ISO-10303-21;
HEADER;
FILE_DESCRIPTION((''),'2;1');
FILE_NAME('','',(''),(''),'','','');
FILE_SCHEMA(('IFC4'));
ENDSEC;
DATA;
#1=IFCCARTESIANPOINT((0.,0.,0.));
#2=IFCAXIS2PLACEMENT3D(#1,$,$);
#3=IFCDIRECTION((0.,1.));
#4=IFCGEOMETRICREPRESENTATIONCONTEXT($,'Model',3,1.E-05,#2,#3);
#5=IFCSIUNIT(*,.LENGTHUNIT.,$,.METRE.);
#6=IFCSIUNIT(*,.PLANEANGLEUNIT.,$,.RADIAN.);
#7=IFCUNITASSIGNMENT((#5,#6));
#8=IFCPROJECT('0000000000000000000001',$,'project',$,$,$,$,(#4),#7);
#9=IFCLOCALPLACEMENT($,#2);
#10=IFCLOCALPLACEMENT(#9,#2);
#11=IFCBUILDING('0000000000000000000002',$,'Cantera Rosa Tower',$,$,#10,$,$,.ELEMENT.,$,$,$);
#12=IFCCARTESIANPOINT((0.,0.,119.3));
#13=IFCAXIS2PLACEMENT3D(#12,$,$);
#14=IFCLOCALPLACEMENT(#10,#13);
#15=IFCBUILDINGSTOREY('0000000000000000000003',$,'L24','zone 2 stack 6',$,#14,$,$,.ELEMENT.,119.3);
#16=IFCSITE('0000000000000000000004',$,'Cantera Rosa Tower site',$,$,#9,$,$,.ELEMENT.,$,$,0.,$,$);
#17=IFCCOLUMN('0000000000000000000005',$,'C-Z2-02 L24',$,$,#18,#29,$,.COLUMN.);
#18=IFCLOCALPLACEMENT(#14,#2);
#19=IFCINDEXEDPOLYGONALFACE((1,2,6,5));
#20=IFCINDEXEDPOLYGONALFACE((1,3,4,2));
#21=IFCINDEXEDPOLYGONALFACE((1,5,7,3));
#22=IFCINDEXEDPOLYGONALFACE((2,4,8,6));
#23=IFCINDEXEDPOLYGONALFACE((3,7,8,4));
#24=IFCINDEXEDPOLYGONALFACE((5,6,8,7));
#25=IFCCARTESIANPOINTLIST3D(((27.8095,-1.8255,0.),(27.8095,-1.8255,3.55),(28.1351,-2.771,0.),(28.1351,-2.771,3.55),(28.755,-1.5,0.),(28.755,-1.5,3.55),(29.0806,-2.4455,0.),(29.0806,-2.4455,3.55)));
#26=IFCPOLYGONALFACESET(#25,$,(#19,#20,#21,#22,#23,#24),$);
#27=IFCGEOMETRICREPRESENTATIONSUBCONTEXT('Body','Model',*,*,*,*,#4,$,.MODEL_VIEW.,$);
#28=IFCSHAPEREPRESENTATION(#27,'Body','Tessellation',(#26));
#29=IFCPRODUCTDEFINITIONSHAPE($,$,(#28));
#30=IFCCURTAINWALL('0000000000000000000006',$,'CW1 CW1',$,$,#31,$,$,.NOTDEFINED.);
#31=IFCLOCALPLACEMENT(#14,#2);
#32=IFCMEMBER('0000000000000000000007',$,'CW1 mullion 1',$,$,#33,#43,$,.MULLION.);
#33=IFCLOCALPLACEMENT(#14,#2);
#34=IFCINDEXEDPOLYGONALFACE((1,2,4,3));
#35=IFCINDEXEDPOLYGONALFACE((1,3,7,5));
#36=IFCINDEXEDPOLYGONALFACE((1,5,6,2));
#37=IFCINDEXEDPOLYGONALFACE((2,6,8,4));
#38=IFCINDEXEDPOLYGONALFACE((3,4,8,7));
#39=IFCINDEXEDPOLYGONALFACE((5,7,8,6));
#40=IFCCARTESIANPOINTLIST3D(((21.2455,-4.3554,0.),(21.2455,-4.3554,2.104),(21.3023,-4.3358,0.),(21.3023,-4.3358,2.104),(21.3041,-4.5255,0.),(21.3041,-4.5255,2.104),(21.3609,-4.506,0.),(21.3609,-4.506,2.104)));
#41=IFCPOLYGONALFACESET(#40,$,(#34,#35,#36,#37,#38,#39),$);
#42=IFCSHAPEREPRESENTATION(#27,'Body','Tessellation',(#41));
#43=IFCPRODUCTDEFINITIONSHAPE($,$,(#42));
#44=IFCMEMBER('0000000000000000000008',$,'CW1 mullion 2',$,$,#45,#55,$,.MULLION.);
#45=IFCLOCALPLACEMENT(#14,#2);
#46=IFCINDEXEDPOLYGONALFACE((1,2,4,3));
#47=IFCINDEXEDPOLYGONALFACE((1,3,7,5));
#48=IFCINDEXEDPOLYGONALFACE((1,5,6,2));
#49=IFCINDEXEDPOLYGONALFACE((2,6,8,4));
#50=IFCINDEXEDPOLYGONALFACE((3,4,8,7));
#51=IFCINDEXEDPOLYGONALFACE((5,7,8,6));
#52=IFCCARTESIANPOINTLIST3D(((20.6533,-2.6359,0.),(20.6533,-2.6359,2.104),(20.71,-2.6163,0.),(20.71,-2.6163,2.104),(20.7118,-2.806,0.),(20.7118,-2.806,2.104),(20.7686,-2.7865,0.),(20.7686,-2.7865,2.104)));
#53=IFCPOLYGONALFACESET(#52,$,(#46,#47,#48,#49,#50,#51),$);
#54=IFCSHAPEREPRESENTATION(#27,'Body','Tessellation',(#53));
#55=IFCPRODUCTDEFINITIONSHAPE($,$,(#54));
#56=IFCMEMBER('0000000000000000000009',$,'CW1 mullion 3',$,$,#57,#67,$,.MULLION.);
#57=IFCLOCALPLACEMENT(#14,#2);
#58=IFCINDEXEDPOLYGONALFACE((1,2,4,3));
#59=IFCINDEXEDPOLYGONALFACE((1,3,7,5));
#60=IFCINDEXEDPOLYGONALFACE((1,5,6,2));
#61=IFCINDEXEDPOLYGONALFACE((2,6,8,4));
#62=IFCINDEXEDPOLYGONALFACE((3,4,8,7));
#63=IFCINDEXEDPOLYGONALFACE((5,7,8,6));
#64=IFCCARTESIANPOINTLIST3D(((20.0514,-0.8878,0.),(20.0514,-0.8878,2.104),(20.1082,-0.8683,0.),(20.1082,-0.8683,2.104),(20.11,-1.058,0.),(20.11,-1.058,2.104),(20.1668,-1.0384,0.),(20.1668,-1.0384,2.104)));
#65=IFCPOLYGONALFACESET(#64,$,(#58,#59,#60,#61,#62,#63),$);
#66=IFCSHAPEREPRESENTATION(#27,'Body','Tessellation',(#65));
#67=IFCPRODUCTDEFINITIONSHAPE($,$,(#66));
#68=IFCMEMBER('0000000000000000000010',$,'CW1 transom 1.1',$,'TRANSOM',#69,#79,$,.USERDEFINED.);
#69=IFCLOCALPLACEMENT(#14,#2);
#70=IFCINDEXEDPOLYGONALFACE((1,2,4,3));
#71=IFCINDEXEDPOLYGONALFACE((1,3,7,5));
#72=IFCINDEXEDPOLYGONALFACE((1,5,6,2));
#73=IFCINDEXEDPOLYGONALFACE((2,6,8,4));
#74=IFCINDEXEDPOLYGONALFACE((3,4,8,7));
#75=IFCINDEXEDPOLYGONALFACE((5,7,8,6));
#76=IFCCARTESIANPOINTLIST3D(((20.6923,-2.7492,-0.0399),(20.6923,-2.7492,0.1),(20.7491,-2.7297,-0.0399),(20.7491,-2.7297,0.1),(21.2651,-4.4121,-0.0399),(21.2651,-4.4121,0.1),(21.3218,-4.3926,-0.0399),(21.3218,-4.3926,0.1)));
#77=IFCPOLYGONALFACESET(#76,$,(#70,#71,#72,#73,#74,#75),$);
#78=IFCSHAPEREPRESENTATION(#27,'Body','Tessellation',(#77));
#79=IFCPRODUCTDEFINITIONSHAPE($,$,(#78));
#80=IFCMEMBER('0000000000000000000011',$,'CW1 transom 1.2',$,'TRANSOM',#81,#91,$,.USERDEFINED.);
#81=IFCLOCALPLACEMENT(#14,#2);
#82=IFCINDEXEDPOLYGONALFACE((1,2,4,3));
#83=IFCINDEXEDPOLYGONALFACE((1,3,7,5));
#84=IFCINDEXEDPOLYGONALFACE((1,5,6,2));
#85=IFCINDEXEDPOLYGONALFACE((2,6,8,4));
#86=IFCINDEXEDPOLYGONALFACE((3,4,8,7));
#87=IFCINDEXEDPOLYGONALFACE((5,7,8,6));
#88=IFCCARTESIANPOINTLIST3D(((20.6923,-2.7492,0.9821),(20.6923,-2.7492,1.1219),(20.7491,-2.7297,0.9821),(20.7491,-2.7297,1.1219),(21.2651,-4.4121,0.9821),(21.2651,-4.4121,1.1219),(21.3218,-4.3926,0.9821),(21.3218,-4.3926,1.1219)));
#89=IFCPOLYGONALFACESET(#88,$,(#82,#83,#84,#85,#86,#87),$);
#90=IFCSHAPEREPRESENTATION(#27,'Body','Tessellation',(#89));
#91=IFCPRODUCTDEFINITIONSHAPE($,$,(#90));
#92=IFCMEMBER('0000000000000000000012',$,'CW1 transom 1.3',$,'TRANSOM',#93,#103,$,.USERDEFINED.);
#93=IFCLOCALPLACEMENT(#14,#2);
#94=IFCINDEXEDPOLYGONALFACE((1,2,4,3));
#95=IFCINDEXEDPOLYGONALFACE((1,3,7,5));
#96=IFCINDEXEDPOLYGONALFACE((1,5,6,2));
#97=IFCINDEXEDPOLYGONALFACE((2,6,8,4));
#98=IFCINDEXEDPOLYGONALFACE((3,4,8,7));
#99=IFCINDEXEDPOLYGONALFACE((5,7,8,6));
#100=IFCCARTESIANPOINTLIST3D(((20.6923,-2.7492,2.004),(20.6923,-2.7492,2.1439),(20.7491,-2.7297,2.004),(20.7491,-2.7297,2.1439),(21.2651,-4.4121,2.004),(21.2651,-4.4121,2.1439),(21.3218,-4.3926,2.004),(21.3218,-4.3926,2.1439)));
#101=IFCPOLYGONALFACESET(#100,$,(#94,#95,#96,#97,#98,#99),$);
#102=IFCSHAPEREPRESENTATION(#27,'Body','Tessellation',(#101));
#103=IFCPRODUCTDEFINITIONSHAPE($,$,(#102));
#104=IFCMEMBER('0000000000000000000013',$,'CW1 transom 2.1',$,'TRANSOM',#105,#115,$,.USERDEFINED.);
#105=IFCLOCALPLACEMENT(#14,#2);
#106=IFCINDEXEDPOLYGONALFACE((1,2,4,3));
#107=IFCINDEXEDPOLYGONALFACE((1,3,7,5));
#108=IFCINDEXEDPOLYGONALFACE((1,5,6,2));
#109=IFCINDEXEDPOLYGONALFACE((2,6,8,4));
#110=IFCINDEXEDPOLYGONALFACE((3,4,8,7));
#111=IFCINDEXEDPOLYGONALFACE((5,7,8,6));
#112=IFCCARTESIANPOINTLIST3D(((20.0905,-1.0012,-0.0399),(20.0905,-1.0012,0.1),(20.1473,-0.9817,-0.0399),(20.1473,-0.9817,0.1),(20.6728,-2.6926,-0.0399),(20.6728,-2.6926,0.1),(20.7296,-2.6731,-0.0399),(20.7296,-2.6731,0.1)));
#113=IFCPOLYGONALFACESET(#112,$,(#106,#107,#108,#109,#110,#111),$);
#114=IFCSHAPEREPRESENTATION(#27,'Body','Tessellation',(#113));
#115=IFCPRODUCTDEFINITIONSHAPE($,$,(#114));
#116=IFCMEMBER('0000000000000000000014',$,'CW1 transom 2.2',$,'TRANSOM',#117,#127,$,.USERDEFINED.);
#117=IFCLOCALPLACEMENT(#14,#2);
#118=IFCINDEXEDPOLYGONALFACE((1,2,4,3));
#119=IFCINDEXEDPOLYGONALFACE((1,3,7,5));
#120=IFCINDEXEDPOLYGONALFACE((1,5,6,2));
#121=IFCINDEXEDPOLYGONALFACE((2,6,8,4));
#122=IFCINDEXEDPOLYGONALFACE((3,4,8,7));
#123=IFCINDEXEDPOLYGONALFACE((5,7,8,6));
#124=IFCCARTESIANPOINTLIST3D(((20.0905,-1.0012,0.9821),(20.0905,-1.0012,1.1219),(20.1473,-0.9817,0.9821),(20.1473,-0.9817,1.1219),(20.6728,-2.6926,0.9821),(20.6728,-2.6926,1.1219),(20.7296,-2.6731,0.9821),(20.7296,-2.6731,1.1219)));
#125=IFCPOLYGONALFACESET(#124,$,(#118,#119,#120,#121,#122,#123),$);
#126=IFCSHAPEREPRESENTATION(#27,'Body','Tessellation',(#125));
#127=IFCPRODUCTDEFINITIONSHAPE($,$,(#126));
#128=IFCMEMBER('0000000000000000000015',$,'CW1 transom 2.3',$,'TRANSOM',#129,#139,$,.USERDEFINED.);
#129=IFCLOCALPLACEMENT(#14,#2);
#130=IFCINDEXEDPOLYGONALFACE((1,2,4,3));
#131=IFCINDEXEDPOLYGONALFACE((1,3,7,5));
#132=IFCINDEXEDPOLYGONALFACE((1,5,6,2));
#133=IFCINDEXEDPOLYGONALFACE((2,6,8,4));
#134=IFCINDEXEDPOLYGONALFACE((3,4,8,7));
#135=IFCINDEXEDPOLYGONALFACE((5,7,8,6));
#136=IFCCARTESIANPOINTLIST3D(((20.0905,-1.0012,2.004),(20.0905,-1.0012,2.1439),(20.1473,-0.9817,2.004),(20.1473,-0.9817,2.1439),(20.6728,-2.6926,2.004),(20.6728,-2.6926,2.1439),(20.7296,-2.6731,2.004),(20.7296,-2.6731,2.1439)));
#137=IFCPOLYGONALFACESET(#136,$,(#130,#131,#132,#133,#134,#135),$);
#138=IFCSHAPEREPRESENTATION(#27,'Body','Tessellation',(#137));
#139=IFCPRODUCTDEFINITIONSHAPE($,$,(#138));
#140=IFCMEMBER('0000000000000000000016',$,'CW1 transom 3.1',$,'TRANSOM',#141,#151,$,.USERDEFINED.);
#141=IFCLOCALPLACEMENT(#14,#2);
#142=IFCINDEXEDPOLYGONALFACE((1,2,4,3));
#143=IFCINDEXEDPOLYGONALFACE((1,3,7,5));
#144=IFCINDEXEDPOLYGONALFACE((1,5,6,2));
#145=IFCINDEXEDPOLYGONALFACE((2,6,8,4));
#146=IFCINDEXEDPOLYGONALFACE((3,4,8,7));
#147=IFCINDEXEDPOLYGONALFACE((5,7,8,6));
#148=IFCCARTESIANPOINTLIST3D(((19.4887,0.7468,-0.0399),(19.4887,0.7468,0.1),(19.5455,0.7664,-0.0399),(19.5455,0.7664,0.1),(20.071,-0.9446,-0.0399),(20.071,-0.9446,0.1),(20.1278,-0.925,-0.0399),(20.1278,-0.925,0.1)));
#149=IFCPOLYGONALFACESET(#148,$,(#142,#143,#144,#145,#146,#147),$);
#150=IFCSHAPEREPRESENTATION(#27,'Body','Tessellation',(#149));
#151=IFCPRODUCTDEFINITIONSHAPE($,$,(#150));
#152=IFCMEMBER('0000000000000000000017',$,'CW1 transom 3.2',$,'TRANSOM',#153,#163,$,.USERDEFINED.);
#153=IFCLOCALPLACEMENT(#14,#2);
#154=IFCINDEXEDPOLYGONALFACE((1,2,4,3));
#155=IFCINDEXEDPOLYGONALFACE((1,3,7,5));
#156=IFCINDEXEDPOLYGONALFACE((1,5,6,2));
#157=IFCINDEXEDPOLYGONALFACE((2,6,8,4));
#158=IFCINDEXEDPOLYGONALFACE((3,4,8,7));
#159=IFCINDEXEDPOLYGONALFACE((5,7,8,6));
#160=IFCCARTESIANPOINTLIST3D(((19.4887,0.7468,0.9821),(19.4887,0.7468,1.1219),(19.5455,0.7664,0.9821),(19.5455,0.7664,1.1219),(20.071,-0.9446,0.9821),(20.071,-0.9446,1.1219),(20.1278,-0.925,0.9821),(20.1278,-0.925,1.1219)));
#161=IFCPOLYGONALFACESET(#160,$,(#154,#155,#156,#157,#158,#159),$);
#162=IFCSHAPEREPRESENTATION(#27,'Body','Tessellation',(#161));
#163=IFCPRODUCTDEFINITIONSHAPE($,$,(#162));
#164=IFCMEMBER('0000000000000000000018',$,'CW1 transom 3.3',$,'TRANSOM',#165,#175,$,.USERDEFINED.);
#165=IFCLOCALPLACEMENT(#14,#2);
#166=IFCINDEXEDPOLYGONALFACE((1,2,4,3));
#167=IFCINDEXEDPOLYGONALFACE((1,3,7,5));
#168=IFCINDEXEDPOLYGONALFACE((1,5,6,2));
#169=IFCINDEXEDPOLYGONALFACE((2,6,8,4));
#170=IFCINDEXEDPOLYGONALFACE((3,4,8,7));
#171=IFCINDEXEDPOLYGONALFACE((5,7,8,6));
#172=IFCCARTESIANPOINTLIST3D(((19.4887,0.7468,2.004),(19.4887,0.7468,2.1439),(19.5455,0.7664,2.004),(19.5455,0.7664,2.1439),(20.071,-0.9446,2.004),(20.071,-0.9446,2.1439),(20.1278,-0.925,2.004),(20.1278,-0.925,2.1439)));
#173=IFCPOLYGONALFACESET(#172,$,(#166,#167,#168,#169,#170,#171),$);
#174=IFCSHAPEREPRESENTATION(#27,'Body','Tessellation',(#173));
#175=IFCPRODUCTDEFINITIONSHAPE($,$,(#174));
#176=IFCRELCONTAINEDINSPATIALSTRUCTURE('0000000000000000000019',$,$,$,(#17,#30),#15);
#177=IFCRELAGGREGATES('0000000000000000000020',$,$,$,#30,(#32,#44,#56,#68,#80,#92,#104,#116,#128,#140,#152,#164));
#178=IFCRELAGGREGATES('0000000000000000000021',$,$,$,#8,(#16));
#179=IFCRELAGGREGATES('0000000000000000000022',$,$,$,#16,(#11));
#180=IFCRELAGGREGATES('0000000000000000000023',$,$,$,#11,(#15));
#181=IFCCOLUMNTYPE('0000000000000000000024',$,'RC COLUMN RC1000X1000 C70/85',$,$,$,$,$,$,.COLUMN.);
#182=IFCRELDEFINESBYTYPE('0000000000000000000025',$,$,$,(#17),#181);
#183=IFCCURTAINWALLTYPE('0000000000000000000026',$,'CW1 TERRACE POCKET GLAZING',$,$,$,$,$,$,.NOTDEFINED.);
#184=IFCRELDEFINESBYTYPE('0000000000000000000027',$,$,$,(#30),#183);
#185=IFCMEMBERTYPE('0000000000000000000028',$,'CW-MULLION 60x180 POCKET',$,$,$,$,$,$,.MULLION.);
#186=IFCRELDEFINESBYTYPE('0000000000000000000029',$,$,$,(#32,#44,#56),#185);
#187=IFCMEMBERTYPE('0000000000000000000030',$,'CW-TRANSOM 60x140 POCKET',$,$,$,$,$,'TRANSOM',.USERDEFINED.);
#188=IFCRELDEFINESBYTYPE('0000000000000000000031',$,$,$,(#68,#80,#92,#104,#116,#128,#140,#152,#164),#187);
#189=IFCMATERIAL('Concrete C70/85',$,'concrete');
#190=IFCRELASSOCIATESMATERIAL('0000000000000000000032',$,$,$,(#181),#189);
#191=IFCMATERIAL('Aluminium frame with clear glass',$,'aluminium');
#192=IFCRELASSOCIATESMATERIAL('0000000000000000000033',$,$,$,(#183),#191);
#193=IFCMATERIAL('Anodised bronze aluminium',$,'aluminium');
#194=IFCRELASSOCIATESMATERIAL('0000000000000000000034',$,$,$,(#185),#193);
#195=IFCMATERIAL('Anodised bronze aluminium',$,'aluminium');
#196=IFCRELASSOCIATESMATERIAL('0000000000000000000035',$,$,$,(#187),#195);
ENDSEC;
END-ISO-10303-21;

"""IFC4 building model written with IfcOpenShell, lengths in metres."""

from ifc_helpers import new_model, si_unit, direction, frame, origin, origin_2d, place, context, subcontext, project, spatial, rectangle, extrude, material, material_profile, profile_set, type_object, element, aggregate, save


model = new_model("IFC4")

# Units and contexts
model_context = context("Model", 3, precision=1e-05, world=origin(), true_north=direction((0.0, 1.0)))
body_context = subcontext(model_context, "Body", "Model", "MODEL_VIEW")
ifc_project = project(units=[si_unit("LENGTHUNIT", "METRE"), si_unit("PLANEANGLEUNIT", "RADIAN")], contexts=[model_context])

# Site, building, storey
site_placement = place(None, origin())
site = spatial("IfcSite", under=ifc_project, at=site_placement, Name="Cantera Rosa Tower site", CompositionType="ELEMENT", RefElevation=0.0)
building_placement = place(site_placement, origin())
building = spatial("IfcBuilding", under=site, at=building_placement, Name="Cantera Rosa Tower", CompositionType="ELEMENT")
storey_placement = place(building_placement, frame((0.0, 0.0, 119.3)))
storey = spatial("IfcBuildingStorey", under=building, at=storey_placement, Name="L24", Description="zone 2 stack 6", CompositionType="ELEMENT", Elevation=119.3)

# Column
ifc_material_1 = material(Name="Concrete C70/85", Category="concrete")
ifc_material_profile_1 = material_profile(ifc_material_1, rectangle(XDim=1.0, YDim=1.0, at=origin_2d()), Name="RC COLUMN RC1000X1000 C70/85")
ifc_profile_set_1 = profile_set([ifc_material_profile_1], Name="Concrete C70/85")
column_type = type_object("IfcColumnType", Name="RC COLUMN RC1000X1000 C70/85", PredefinedType="COLUMN", material=ifc_profile_set_1)
column_placement = place(storey_placement, frame((28.4451, -2.1355, 0.0), z_axis=(0.0, 0.0, 1.0), x_axis=(0.945519, 0.325568, 0.0)))
element("IfcColumn", 1, at=column_placement, inside=storey, type_object=column_type, Name="C-Z2-02 L24", PredefinedType="COLUMN", context=body_context, shape_type="SweptSolid", body=[
    extrude(rectangle(XDim=1.0, YDim=1.0, at=origin_2d()), origin(), (0.0, 0.0, 1.0), 3.55),
])

# Curtain wall, members
ifc_material_2 = material(Name="Aluminium frame with clear glass", Category="aluminium")
curtain_wall_type = type_object("IfcCurtainWallType", Name="CW1 TERRACE POCKET GLAZING", PredefinedType="NOTDEFINED", material=ifc_material_2)
curtain_wall_placement = place(storey_placement, origin())
curtain_wall = element("IfcCurtainWall", 2, at=curtain_wall_placement, inside=storey, type_object=curtain_wall_type, Name="CW1 CW1", PredefinedType="NOTDEFINED")
ifc_material_3 = material(Name="Anodised bronze aluminium", Category="aluminium")
ifc_material_profile_2 = material_profile(ifc_material_3, rectangle(XDim=0.0601, YDim=0.1799, at=origin_2d()), Name="CW-MULLION 60x180 POCKET")
ifc_profile_set_2 = profile_set([ifc_material_profile_2], Name="Anodised bronze aluminium")
member_type_1 = type_object("IfcMemberType", Name="CW-MULLION 60x180 POCKET", PredefinedType="MULLION", material=ifc_profile_set_2)
member_1_placement = place(storey_placement, frame((21.3032, -4.4307, 0.0), z_axis=(0.0, 0.0, 1.0), x_axis=(-0.945519, -0.325568, 0.0)))
member_1 = element("IfcMember", 3, at=member_1_placement, type_object=member_type_1, Name="CW1 mullion 1", PredefinedType="MULLION", context=body_context, shape_type="SweptSolid", body=[
    extrude(rectangle(XDim=0.0601, YDim=0.1799, at=origin_2d()), origin(), (0.0, 0.0, 1.0), 2.104),
])
member_2_placement = place(storey_placement, frame((20.7109, -2.7112, 0.0), z_axis=(0.0, 0.0, 1.0), x_axis=(-0.945519, -0.325568, 0.0)))
member_2 = element("IfcMember", 4, at=member_2_placement, type_object=member_type_1, Name="CW1 mullion 2", PredefinedType="MULLION", context=body_context, shape_type="SweptSolid", body=[
    extrude(rectangle(XDim=0.0601, YDim=0.1799, at=origin_2d()), origin(), (0.0, 0.0, 1.0), 2.104),
])
member_3_placement = place(storey_placement, frame((20.1091, -0.9631, 0.0), z_axis=(0.0, 0.0, 1.0), x_axis=(-0.945519, -0.325568, 0.0)))
member_3 = element("IfcMember", 5, at=member_3_placement, type_object=member_type_1, Name="CW1 mullion 3", PredefinedType="MULLION", context=body_context, shape_type="SweptSolid", body=[
    extrude(rectangle(XDim=0.0601, YDim=0.1799, at=origin_2d()), origin(), (0.0, 0.0, 1.0), 2.104),
])
ifc_material_4 = material(Name="Anodised bronze aluminium", Category="aluminium")
ifc_material_profile_3 = material_profile(ifc_material_4, rectangle(XDim=0.0601, YDim=0.1399, at=origin_2d()), Name="CW-TRANSOM 60x140 POCKET")
ifc_profile_set_3 = profile_set([ifc_material_profile_3], Name="Anodised bronze aluminium")
member_type_2 = type_object("IfcMemberType", Name="CW-TRANSOM 60x140 POCKET", ElementType="TRANSOM", PredefinedType="USERDEFINED", material=ifc_profile_set_3)
member_4_placement = place(storey_placement, frame((21.2935, -4.4023, 0.03), z_axis=(-0.325666, 0.945485, 0.0), x_axis=(-0.945485, -0.325666, 0.0)))
member_4 = element("IfcMember", 6, at=member_4_placement, type_object=member_type_2, Name="CW1 transom 1.1", ObjectType="TRANSOM", PredefinedType="USERDEFINED", context=body_context, shape_type="SweptSolid", body=[
    extrude(rectangle(XDim=0.0601, YDim=0.1399, at=origin_2d()), origin(), (0.0, 0.0, 1.0), 1.7588),
])
member_5_placement = place(storey_placement, frame((21.2935, -4.4023, 1.052), z_axis=(-0.325666, 0.945485, 0.0), x_axis=(-0.945485, -0.325666, 0.0)))
member_5 = element("IfcMember", 7, at=member_5_placement, type_object=member_type_2, Name="CW1 transom 1.2", ObjectType="TRANSOM", PredefinedType="USERDEFINED", context=body_context, shape_type="SweptSolid", body=[
    extrude(rectangle(XDim=0.0601, YDim=0.1399, at=origin_2d()), origin(), (0.0, 0.0, 1.0), 1.7588),
])
member_6_placement = place(storey_placement, frame((21.2935, -4.4023, 2.074), z_axis=(-0.325666, 0.945485, 0.0), x_axis=(-0.945485, -0.325666, 0.0)))
member_6 = element("IfcMember", 8, at=member_6_placement, type_object=member_type_2, Name="CW1 transom 1.3", ObjectType="TRANSOM", PredefinedType="USERDEFINED", context=body_context, shape_type="SweptSolid", body=[
    extrude(rectangle(XDim=0.0601, YDim=0.1399, at=origin_2d()), origin(), (0.0, 0.0, 1.0), 1.7588),
])
member_7_placement = place(storey_placement, frame((20.7012, -2.6829, 0.03), z_axis=(-0.325507, 0.94554, 0.0), x_axis=(-0.94554, -0.325507, 0.0)))
member_7 = element("IfcMember", 9, at=member_7_placement, type_object=member_type_2, Name="CW1 transom 2.1", ObjectType="TRANSOM", PredefinedType="USERDEFINED", context=body_context, shape_type="SweptSolid", body=[
    extrude(rectangle(XDim=0.0601, YDim=0.1399, at=origin_2d()), origin(), (0.0, 0.0, 1.0), 1.7888),
])
member_8_placement = place(storey_placement, frame((20.7012, -2.6829, 1.052), z_axis=(-0.325507, 0.94554, 0.0), x_axis=(-0.94554, -0.325507, 0.0)))
member_8 = element("IfcMember", 10, at=member_8_placement, type_object=member_type_2, Name="CW1 transom 2.2", ObjectType="TRANSOM", PredefinedType="USERDEFINED", context=body_context, shape_type="SweptSolid", body=[
    extrude(rectangle(XDim=0.0601, YDim=0.1399, at=origin_2d()), origin(), (0.0, 0.0, 1.0), 1.7888),
])
member_9_placement = place(storey_placement, frame((20.7012, -2.6829, 2.074), z_axis=(-0.325507, 0.94554, 0.0), x_axis=(-0.94554, -0.325507, 0.0)))
member_9 = element("IfcMember", 11, at=member_9_placement, type_object=member_type_2, Name="CW1 transom 2.3", ObjectType="TRANSOM", PredefinedType="USERDEFINED", context=body_context, shape_type="SweptSolid", body=[
    extrude(rectangle(XDim=0.0601, YDim=0.1399, at=origin_2d()), origin(), (0.0, 0.0, 1.0), 1.7888),
])
member_10_placement = place(storey_placement, frame((20.0994, -0.9348, 0.03), z_axis=(-0.325507, 0.94554, 0.0), x_axis=(-0.94554, -0.325507, 0.0)))
member_10 = element("IfcMember", 12, at=member_10_placement, type_object=member_type_2, Name="CW1 transom 3.1", ObjectType="TRANSOM", PredefinedType="USERDEFINED", context=body_context, shape_type="SweptSolid", body=[
    extrude(rectangle(XDim=0.0601, YDim=0.1399, at=origin_2d()), origin(), (0.0, 0.0, 1.0), 1.7888),
])
member_11_placement = place(storey_placement, frame((20.0994, -0.9348, 1.052), z_axis=(-0.325507, 0.94554, 0.0), x_axis=(-0.94554, -0.325507, 0.0)))
member_11 = element("IfcMember", 13, at=member_11_placement, type_object=member_type_2, Name="CW1 transom 3.2", ObjectType="TRANSOM", PredefinedType="USERDEFINED", context=body_context, shape_type="SweptSolid", body=[
    extrude(rectangle(XDim=0.0601, YDim=0.1399, at=origin_2d()), origin(), (0.0, 0.0, 1.0), 1.7888),
])
member_12_placement = place(storey_placement, frame((20.0994, -0.9348, 2.074), z_axis=(-0.325507, 0.94554, 0.0), x_axis=(-0.94554, -0.325507, 0.0)))
member_12 = element("IfcMember", 14, at=member_12_placement, type_object=member_type_2, Name="CW1 transom 3.3", ObjectType="TRANSOM", PredefinedType="USERDEFINED", context=body_context, shape_type="SweptSolid", body=[
    extrude(rectangle(XDim=0.0601, YDim=0.1399, at=origin_2d()), origin(), (0.0, 0.0, 1.0), 1.7888),
])

aggregate(curtain_wall, [member_1, member_2, member_3, member_4, member_5, member_6, member_7, member_8, member_9, member_10, member_11, member_12])

save(model, "model.ifc")
